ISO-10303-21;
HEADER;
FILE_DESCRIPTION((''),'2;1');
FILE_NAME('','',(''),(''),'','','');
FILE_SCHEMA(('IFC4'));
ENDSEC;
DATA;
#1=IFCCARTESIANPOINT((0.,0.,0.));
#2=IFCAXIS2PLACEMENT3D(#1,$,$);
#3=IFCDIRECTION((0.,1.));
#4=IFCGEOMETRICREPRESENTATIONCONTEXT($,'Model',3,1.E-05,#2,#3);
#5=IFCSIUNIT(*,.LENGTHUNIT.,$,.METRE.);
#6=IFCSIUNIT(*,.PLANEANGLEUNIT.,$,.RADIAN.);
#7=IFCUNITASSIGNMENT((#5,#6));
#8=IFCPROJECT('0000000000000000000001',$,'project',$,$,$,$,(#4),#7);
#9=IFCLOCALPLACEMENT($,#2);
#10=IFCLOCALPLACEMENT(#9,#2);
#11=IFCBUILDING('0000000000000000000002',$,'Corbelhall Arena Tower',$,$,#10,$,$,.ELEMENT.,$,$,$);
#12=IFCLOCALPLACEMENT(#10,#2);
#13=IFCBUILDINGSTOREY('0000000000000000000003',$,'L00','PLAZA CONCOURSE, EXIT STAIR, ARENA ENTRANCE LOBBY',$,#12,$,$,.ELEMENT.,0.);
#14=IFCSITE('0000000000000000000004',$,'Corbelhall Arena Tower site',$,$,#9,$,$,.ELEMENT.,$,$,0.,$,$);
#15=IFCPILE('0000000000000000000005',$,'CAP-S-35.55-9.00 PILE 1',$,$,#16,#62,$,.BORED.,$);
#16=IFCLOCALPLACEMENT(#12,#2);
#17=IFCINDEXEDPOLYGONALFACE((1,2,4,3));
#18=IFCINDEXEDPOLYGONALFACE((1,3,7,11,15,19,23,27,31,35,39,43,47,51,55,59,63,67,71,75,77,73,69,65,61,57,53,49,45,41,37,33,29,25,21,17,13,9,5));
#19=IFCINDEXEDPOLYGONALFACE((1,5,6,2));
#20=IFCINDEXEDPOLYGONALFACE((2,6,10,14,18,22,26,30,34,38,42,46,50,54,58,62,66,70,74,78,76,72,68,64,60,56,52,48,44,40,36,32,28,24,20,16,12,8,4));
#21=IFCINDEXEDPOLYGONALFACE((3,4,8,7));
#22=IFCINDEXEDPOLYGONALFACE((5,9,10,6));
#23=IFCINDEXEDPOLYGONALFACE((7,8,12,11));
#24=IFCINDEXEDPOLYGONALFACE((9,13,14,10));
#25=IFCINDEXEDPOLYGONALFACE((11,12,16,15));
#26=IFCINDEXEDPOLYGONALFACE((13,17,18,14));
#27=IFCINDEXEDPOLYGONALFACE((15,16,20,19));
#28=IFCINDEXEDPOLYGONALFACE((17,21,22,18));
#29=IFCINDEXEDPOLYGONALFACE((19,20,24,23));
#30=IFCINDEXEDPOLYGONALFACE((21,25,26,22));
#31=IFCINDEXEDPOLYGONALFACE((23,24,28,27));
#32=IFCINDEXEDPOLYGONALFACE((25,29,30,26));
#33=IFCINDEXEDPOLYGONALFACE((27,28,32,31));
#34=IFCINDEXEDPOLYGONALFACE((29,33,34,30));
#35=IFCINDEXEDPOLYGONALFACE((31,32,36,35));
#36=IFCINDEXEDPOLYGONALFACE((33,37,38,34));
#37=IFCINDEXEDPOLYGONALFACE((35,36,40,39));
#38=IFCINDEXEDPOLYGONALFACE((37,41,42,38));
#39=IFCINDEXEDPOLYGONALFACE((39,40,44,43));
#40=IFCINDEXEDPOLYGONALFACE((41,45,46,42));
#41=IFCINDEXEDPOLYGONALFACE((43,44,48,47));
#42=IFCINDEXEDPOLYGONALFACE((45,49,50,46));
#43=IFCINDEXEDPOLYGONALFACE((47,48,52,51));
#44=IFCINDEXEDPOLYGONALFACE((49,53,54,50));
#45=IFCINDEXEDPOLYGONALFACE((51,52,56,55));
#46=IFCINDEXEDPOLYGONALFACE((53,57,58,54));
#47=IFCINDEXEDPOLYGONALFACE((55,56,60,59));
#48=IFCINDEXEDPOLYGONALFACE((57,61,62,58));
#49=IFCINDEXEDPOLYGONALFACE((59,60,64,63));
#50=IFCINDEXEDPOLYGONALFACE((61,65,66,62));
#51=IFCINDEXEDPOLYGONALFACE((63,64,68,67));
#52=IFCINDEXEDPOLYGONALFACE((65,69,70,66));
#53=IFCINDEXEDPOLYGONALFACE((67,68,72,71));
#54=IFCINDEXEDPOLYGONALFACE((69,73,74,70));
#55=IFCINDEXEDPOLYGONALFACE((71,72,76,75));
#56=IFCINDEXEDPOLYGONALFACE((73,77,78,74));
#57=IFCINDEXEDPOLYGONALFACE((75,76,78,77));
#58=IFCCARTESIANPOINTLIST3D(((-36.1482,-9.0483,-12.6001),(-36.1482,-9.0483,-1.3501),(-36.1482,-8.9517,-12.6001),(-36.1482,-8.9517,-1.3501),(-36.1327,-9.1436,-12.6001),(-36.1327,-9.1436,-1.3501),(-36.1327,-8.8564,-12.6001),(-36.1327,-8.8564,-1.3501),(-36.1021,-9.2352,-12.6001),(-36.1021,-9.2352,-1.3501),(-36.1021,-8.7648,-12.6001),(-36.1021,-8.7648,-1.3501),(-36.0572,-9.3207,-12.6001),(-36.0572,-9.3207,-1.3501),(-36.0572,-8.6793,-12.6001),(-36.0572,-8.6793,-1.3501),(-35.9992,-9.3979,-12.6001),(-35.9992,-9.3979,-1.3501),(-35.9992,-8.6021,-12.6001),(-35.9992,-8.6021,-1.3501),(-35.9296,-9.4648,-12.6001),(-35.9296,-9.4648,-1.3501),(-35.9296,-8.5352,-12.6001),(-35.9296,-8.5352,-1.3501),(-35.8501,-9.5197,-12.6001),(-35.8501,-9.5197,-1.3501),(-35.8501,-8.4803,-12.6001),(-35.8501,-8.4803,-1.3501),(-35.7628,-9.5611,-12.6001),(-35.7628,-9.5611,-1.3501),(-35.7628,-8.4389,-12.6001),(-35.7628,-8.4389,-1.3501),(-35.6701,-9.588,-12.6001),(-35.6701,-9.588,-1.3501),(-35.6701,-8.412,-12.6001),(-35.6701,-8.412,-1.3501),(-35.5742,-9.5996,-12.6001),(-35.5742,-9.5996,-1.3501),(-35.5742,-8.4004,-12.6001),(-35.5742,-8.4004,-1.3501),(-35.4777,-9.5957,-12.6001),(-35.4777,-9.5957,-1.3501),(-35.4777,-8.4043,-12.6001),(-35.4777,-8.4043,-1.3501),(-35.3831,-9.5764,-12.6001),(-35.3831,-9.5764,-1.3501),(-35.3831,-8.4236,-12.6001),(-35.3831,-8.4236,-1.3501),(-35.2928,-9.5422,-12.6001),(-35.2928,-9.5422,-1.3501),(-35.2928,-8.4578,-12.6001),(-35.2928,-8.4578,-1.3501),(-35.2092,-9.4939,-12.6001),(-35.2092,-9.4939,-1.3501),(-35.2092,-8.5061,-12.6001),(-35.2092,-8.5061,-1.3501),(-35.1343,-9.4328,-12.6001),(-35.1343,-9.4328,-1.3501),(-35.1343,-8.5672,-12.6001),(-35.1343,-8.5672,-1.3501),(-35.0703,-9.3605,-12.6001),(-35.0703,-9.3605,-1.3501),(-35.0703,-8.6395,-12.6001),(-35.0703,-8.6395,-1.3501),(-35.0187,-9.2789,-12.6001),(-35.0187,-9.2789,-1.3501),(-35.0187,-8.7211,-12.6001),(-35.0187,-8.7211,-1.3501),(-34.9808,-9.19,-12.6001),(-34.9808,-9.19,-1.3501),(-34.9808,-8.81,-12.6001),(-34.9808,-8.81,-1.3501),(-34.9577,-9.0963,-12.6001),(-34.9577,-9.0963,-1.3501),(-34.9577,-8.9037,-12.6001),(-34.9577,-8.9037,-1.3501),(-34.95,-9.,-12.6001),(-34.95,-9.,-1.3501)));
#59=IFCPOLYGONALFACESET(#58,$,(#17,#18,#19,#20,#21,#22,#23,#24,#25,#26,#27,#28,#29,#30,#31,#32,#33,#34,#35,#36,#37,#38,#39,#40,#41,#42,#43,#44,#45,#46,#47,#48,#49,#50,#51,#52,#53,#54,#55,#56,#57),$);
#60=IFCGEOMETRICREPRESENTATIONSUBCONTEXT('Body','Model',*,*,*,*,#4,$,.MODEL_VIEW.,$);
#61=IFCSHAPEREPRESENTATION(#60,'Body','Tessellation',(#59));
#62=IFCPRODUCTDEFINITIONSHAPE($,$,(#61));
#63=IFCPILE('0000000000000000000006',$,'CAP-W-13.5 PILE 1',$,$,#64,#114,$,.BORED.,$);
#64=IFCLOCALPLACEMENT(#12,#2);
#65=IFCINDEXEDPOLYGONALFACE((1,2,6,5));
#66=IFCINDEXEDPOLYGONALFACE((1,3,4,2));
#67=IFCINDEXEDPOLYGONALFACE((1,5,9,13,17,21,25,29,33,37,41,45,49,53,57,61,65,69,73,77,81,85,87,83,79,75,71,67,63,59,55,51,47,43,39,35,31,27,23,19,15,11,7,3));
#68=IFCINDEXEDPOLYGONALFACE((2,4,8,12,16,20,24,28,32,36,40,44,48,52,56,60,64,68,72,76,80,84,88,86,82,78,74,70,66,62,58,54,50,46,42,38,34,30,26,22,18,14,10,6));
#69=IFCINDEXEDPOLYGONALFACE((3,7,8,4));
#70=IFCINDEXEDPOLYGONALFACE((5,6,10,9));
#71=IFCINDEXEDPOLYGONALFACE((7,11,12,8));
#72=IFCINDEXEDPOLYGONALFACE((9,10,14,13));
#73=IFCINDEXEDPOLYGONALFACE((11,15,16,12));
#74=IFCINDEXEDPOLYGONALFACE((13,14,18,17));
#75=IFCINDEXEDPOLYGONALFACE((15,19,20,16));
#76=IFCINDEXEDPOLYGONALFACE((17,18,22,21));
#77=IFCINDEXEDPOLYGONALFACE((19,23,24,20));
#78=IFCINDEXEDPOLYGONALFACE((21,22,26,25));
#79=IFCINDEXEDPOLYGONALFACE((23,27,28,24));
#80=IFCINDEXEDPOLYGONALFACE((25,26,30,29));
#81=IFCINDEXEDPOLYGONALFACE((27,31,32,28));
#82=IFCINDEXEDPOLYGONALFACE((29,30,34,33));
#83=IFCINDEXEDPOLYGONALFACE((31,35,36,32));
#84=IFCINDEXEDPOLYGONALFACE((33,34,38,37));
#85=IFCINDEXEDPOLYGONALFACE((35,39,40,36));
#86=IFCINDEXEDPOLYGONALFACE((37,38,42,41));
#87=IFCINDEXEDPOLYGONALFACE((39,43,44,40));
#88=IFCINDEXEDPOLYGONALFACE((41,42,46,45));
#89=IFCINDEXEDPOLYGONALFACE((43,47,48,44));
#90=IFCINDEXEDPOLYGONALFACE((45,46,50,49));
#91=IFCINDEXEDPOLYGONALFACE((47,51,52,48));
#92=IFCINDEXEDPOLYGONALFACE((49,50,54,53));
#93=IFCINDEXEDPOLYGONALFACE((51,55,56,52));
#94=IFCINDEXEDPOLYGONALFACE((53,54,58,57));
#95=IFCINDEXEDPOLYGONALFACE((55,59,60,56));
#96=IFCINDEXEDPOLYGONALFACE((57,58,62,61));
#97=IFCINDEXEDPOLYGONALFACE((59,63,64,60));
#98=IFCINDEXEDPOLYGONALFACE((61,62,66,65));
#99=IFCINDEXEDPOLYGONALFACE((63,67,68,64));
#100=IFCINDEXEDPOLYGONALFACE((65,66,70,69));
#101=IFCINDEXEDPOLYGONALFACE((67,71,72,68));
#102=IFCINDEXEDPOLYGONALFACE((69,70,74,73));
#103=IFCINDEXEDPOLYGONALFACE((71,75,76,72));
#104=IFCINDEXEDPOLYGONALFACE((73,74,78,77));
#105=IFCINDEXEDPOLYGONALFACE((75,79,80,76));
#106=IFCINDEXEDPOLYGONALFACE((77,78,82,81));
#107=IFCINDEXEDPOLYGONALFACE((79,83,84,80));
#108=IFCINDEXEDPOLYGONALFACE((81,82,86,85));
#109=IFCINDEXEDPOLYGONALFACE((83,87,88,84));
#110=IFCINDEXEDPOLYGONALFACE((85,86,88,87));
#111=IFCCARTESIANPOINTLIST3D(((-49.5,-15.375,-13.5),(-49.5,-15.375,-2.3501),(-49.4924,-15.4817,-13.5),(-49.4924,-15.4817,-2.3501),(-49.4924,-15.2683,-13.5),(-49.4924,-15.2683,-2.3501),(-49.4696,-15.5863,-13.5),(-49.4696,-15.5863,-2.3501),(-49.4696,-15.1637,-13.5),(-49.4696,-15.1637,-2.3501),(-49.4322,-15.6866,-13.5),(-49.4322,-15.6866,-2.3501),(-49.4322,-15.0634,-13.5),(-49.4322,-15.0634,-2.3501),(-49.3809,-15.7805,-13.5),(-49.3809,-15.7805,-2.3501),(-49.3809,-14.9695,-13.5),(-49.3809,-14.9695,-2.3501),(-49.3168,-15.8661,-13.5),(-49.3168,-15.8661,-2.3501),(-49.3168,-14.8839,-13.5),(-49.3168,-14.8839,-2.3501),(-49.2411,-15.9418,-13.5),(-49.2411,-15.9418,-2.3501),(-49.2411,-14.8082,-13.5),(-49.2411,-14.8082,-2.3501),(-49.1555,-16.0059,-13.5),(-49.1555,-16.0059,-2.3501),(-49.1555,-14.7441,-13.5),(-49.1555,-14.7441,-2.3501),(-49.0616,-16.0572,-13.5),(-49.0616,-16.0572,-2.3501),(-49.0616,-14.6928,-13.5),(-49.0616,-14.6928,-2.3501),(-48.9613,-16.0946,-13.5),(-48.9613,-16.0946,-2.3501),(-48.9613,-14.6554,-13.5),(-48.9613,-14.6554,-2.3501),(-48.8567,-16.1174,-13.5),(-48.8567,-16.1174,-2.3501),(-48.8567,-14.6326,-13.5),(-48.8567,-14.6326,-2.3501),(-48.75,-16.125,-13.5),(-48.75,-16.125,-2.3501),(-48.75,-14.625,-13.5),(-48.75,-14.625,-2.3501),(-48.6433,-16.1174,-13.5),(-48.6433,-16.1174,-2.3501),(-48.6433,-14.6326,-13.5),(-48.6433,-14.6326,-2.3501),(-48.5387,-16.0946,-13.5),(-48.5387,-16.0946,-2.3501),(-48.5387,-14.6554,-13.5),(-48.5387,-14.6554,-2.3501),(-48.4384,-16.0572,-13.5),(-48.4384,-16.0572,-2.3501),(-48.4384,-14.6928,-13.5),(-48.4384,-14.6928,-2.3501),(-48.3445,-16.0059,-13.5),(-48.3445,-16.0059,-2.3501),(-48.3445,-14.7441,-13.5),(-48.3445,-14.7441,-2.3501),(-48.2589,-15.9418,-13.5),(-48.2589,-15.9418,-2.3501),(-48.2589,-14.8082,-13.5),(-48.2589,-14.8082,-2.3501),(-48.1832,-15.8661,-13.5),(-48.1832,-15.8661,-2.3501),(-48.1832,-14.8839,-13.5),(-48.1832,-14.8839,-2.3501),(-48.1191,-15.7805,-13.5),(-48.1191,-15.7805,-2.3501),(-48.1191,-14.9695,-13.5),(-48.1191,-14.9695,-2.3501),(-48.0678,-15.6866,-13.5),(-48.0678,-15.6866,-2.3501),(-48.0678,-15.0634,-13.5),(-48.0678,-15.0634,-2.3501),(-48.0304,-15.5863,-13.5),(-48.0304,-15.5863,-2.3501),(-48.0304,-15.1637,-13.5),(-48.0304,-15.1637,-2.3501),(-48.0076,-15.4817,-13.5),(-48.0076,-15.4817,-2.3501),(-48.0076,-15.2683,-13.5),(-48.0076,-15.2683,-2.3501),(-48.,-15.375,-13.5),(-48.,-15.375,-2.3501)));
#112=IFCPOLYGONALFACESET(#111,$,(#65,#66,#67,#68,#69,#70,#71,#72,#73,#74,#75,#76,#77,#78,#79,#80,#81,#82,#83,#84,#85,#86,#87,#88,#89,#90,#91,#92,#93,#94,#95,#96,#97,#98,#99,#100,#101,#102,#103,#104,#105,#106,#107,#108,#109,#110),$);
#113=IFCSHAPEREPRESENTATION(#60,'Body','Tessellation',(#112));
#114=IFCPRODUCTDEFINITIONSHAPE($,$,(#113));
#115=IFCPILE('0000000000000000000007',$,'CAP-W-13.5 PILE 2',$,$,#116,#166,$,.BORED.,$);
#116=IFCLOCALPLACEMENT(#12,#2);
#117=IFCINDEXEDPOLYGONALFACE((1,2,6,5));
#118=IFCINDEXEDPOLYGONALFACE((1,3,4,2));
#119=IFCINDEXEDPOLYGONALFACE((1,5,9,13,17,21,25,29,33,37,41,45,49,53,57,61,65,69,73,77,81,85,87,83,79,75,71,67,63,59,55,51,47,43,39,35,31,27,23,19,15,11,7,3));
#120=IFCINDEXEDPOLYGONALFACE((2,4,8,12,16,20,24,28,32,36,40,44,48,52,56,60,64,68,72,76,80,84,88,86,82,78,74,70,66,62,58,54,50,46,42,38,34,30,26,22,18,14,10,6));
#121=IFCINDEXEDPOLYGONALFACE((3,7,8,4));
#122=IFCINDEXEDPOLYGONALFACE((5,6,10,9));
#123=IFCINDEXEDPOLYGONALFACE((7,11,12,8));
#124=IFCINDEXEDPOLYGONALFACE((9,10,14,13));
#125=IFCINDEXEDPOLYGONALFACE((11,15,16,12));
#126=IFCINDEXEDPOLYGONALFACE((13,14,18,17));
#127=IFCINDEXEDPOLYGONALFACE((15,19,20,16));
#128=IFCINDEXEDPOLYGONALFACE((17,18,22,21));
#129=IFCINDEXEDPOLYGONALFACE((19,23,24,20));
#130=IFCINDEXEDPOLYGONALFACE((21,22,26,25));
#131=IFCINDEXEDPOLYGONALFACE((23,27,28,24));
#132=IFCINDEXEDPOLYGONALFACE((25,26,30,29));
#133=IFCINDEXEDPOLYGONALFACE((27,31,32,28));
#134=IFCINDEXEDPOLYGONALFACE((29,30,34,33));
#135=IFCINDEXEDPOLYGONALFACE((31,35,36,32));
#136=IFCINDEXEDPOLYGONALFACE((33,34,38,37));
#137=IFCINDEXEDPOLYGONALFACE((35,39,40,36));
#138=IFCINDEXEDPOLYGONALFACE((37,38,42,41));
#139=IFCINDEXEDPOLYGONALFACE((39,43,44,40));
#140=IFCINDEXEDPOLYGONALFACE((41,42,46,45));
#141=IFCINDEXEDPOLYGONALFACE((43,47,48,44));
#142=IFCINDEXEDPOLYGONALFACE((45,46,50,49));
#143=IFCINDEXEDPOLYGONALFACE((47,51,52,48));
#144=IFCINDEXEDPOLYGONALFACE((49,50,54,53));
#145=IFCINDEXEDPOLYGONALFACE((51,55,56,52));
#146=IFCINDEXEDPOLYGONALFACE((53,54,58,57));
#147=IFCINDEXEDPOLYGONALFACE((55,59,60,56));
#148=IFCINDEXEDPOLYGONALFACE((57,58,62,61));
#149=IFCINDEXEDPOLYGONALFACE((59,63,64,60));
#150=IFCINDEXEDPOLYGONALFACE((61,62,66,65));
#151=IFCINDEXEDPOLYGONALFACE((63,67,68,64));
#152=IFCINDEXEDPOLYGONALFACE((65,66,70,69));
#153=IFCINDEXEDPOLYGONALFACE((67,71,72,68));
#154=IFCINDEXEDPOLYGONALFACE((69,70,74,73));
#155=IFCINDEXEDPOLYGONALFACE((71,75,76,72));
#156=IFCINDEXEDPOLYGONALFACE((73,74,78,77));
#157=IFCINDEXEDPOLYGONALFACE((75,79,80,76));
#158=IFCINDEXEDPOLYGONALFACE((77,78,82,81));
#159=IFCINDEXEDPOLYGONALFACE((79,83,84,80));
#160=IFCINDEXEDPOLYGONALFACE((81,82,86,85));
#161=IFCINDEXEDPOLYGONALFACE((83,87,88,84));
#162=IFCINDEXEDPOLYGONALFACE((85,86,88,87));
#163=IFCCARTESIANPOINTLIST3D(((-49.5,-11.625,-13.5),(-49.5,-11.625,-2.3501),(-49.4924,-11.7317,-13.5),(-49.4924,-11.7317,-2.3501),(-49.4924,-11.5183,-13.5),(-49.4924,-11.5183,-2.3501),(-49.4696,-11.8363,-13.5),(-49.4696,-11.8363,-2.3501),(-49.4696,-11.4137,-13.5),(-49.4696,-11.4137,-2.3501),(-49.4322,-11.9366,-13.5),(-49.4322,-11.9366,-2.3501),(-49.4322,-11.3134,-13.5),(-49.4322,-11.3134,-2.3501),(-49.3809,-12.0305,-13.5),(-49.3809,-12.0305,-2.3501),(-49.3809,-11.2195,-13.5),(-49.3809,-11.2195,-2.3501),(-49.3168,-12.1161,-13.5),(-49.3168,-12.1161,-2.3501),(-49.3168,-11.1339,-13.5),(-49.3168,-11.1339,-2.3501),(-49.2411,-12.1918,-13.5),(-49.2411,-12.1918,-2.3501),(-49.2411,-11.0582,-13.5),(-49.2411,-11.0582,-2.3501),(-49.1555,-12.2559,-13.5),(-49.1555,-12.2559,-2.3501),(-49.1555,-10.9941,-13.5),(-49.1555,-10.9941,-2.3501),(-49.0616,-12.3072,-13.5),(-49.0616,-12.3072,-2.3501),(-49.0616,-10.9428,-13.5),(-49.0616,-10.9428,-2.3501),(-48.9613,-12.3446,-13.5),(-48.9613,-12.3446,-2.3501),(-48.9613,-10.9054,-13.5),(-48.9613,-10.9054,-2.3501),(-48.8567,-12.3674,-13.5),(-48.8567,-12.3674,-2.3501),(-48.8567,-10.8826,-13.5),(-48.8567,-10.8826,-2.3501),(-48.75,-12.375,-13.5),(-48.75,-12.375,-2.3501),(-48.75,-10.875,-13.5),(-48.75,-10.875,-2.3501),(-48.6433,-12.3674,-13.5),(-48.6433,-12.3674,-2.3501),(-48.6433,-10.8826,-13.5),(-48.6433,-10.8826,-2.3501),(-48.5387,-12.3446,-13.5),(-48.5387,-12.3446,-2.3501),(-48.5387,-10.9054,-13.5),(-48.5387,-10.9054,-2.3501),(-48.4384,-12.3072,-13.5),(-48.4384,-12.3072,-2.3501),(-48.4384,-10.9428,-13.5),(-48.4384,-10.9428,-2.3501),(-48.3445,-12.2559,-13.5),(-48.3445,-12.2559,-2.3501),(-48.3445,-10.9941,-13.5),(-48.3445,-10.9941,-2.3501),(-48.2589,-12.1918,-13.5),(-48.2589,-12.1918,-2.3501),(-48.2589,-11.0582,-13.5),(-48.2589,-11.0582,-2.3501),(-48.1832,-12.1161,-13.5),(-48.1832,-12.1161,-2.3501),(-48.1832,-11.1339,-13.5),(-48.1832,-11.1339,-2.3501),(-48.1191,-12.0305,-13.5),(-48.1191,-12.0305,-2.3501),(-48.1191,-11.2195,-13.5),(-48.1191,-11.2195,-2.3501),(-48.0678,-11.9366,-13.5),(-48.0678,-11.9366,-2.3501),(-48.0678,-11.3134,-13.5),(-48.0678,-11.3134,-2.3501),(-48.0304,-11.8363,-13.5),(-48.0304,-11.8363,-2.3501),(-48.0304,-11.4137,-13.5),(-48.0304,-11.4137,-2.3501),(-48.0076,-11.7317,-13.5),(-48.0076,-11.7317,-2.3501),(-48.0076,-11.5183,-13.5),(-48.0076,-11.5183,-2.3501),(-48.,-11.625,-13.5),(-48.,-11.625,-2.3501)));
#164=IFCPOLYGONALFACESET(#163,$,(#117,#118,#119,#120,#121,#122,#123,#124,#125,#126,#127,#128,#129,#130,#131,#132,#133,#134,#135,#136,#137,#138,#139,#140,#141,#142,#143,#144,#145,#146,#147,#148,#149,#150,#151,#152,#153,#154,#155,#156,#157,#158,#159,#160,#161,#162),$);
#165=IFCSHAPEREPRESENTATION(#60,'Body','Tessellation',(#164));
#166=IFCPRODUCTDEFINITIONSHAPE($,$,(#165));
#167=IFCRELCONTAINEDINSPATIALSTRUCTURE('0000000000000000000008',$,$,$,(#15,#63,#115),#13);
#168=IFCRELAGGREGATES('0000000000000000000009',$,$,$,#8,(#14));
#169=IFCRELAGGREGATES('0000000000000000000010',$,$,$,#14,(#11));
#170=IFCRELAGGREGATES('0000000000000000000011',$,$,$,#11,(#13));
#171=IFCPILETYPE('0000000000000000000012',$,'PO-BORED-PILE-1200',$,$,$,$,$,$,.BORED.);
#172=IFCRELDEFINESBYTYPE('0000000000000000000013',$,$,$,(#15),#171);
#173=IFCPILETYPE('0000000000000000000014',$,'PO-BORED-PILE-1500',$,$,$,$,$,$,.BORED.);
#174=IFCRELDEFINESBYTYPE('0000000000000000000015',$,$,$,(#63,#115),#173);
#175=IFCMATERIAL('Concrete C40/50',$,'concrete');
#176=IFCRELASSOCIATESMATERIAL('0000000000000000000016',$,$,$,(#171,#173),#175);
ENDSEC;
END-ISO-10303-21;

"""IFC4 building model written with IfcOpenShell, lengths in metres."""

from ifc_helpers import new_model, si_unit, direction, frame, origin, origin_2d, place, context, subcontext, project, spatial, circle, extrude, material, material_profile, profile_set, type_object, element, save


model = new_model("IFC4")

# Units and contexts
model_context = context("Model", 3, precision=1e-05, world=origin(), true_north=direction((0.0, 1.0)))
body_context = subcontext(model_context, "Body", "Model", "MODEL_VIEW")
ifc_project = project(units=[si_unit("LENGTHUNIT", "METRE"), si_unit("PLANEANGLEUNIT", "RADIAN")], contexts=[model_context])

# Site, building, storey
site_placement = place(None, origin())
site = spatial("IfcSite", under=ifc_project, at=site_placement, Name="Corbelhall Arena Tower site", CompositionType="ELEMENT", RefElevation=0.0)
building_placement = place(site_placement, origin())
building = spatial("IfcBuilding", under=site, at=building_placement, Name="Corbelhall Arena Tower", CompositionType="ELEMENT")
storey_placement = place(building_placement, origin())
storey = spatial("IfcBuildingStorey", under=building, at=storey_placement, Name="L00", Description="PLAZA CONCOURSE, EXIT STAIR, ARENA ENTRANCE LOBBY", CompositionType="ELEMENT", Elevation=0.0)

# Piles
ifc_material_1 = material(Name="Concrete C40/50", Category="concrete")
ifc_material_profile_1 = material_profile(ifc_material_1, circle(Radius=0.6001, at=origin_2d()))
ifc_profile_set_1 = profile_set([ifc_material_profile_1], Name="Concrete C40/50")
pile_type_1 = type_object("IfcPileType", Name="PO-BORED-PILE-1200", PredefinedType="BORED", material=ifc_profile_set_1)
pile_placement = place(storey_placement, frame((-35.55, -9.0, -1.3501), z_axis=(0.0, 0.0, -1.0), x_axis=(1.0, 0.0, 0.0)))
element("IfcPile", 1, at=pile_placement, inside=storey, type_object=pile_type_1, Name="CAP-S-35.55-9.00 PILE 1", PredefinedType="BORED", context=body_context, shape_type="SweptSolid", body=[
    extrude(circle(Radius=0.6001, at=origin_2d()), origin(), (0.0, 0.0, 1.0), 11.25),
])
ifc_material_profile_2 = material_profile(ifc_material_1, circle(Radius=0.75, at=origin_2d()))
ifc_profile_set_2 = profile_set([ifc_material_profile_2], Name="Concrete C40/50")
pile_type_2 = type_object("IfcPileType", Name="PO-BORED-PILE-1500", PredefinedType="BORED", material=ifc_profile_set_2)
for number, where, z_axis, x_axis, name in (
    (2, (-48.75, -15.375, -2.3501), (0.0, 0.0, -1.0), (1.0, 0.0, 0.0), "CAP-W-13.5 PILE 1"),
    (3, (-48.75, -11.625, -2.3501), (0.0, 0.0, -1.0), (1.0, 0.0, 0.0), "CAP-W-13.5 PILE 2"),
):
    element("IfcPile", number, at=place(storey_placement, frame(where, z_axis=z_axis, x_axis=x_axis)), inside=storey, type_object=pile_type_2, Name=name, PredefinedType="BORED", context=body_context, shape_type="SweptSolid", body=[
        extrude(circle(Radius=0.75, at=origin_2d()), origin(), (0.0, 0.0, 1.0), 11.1499),
    ])

save(model, "model.ifc")
